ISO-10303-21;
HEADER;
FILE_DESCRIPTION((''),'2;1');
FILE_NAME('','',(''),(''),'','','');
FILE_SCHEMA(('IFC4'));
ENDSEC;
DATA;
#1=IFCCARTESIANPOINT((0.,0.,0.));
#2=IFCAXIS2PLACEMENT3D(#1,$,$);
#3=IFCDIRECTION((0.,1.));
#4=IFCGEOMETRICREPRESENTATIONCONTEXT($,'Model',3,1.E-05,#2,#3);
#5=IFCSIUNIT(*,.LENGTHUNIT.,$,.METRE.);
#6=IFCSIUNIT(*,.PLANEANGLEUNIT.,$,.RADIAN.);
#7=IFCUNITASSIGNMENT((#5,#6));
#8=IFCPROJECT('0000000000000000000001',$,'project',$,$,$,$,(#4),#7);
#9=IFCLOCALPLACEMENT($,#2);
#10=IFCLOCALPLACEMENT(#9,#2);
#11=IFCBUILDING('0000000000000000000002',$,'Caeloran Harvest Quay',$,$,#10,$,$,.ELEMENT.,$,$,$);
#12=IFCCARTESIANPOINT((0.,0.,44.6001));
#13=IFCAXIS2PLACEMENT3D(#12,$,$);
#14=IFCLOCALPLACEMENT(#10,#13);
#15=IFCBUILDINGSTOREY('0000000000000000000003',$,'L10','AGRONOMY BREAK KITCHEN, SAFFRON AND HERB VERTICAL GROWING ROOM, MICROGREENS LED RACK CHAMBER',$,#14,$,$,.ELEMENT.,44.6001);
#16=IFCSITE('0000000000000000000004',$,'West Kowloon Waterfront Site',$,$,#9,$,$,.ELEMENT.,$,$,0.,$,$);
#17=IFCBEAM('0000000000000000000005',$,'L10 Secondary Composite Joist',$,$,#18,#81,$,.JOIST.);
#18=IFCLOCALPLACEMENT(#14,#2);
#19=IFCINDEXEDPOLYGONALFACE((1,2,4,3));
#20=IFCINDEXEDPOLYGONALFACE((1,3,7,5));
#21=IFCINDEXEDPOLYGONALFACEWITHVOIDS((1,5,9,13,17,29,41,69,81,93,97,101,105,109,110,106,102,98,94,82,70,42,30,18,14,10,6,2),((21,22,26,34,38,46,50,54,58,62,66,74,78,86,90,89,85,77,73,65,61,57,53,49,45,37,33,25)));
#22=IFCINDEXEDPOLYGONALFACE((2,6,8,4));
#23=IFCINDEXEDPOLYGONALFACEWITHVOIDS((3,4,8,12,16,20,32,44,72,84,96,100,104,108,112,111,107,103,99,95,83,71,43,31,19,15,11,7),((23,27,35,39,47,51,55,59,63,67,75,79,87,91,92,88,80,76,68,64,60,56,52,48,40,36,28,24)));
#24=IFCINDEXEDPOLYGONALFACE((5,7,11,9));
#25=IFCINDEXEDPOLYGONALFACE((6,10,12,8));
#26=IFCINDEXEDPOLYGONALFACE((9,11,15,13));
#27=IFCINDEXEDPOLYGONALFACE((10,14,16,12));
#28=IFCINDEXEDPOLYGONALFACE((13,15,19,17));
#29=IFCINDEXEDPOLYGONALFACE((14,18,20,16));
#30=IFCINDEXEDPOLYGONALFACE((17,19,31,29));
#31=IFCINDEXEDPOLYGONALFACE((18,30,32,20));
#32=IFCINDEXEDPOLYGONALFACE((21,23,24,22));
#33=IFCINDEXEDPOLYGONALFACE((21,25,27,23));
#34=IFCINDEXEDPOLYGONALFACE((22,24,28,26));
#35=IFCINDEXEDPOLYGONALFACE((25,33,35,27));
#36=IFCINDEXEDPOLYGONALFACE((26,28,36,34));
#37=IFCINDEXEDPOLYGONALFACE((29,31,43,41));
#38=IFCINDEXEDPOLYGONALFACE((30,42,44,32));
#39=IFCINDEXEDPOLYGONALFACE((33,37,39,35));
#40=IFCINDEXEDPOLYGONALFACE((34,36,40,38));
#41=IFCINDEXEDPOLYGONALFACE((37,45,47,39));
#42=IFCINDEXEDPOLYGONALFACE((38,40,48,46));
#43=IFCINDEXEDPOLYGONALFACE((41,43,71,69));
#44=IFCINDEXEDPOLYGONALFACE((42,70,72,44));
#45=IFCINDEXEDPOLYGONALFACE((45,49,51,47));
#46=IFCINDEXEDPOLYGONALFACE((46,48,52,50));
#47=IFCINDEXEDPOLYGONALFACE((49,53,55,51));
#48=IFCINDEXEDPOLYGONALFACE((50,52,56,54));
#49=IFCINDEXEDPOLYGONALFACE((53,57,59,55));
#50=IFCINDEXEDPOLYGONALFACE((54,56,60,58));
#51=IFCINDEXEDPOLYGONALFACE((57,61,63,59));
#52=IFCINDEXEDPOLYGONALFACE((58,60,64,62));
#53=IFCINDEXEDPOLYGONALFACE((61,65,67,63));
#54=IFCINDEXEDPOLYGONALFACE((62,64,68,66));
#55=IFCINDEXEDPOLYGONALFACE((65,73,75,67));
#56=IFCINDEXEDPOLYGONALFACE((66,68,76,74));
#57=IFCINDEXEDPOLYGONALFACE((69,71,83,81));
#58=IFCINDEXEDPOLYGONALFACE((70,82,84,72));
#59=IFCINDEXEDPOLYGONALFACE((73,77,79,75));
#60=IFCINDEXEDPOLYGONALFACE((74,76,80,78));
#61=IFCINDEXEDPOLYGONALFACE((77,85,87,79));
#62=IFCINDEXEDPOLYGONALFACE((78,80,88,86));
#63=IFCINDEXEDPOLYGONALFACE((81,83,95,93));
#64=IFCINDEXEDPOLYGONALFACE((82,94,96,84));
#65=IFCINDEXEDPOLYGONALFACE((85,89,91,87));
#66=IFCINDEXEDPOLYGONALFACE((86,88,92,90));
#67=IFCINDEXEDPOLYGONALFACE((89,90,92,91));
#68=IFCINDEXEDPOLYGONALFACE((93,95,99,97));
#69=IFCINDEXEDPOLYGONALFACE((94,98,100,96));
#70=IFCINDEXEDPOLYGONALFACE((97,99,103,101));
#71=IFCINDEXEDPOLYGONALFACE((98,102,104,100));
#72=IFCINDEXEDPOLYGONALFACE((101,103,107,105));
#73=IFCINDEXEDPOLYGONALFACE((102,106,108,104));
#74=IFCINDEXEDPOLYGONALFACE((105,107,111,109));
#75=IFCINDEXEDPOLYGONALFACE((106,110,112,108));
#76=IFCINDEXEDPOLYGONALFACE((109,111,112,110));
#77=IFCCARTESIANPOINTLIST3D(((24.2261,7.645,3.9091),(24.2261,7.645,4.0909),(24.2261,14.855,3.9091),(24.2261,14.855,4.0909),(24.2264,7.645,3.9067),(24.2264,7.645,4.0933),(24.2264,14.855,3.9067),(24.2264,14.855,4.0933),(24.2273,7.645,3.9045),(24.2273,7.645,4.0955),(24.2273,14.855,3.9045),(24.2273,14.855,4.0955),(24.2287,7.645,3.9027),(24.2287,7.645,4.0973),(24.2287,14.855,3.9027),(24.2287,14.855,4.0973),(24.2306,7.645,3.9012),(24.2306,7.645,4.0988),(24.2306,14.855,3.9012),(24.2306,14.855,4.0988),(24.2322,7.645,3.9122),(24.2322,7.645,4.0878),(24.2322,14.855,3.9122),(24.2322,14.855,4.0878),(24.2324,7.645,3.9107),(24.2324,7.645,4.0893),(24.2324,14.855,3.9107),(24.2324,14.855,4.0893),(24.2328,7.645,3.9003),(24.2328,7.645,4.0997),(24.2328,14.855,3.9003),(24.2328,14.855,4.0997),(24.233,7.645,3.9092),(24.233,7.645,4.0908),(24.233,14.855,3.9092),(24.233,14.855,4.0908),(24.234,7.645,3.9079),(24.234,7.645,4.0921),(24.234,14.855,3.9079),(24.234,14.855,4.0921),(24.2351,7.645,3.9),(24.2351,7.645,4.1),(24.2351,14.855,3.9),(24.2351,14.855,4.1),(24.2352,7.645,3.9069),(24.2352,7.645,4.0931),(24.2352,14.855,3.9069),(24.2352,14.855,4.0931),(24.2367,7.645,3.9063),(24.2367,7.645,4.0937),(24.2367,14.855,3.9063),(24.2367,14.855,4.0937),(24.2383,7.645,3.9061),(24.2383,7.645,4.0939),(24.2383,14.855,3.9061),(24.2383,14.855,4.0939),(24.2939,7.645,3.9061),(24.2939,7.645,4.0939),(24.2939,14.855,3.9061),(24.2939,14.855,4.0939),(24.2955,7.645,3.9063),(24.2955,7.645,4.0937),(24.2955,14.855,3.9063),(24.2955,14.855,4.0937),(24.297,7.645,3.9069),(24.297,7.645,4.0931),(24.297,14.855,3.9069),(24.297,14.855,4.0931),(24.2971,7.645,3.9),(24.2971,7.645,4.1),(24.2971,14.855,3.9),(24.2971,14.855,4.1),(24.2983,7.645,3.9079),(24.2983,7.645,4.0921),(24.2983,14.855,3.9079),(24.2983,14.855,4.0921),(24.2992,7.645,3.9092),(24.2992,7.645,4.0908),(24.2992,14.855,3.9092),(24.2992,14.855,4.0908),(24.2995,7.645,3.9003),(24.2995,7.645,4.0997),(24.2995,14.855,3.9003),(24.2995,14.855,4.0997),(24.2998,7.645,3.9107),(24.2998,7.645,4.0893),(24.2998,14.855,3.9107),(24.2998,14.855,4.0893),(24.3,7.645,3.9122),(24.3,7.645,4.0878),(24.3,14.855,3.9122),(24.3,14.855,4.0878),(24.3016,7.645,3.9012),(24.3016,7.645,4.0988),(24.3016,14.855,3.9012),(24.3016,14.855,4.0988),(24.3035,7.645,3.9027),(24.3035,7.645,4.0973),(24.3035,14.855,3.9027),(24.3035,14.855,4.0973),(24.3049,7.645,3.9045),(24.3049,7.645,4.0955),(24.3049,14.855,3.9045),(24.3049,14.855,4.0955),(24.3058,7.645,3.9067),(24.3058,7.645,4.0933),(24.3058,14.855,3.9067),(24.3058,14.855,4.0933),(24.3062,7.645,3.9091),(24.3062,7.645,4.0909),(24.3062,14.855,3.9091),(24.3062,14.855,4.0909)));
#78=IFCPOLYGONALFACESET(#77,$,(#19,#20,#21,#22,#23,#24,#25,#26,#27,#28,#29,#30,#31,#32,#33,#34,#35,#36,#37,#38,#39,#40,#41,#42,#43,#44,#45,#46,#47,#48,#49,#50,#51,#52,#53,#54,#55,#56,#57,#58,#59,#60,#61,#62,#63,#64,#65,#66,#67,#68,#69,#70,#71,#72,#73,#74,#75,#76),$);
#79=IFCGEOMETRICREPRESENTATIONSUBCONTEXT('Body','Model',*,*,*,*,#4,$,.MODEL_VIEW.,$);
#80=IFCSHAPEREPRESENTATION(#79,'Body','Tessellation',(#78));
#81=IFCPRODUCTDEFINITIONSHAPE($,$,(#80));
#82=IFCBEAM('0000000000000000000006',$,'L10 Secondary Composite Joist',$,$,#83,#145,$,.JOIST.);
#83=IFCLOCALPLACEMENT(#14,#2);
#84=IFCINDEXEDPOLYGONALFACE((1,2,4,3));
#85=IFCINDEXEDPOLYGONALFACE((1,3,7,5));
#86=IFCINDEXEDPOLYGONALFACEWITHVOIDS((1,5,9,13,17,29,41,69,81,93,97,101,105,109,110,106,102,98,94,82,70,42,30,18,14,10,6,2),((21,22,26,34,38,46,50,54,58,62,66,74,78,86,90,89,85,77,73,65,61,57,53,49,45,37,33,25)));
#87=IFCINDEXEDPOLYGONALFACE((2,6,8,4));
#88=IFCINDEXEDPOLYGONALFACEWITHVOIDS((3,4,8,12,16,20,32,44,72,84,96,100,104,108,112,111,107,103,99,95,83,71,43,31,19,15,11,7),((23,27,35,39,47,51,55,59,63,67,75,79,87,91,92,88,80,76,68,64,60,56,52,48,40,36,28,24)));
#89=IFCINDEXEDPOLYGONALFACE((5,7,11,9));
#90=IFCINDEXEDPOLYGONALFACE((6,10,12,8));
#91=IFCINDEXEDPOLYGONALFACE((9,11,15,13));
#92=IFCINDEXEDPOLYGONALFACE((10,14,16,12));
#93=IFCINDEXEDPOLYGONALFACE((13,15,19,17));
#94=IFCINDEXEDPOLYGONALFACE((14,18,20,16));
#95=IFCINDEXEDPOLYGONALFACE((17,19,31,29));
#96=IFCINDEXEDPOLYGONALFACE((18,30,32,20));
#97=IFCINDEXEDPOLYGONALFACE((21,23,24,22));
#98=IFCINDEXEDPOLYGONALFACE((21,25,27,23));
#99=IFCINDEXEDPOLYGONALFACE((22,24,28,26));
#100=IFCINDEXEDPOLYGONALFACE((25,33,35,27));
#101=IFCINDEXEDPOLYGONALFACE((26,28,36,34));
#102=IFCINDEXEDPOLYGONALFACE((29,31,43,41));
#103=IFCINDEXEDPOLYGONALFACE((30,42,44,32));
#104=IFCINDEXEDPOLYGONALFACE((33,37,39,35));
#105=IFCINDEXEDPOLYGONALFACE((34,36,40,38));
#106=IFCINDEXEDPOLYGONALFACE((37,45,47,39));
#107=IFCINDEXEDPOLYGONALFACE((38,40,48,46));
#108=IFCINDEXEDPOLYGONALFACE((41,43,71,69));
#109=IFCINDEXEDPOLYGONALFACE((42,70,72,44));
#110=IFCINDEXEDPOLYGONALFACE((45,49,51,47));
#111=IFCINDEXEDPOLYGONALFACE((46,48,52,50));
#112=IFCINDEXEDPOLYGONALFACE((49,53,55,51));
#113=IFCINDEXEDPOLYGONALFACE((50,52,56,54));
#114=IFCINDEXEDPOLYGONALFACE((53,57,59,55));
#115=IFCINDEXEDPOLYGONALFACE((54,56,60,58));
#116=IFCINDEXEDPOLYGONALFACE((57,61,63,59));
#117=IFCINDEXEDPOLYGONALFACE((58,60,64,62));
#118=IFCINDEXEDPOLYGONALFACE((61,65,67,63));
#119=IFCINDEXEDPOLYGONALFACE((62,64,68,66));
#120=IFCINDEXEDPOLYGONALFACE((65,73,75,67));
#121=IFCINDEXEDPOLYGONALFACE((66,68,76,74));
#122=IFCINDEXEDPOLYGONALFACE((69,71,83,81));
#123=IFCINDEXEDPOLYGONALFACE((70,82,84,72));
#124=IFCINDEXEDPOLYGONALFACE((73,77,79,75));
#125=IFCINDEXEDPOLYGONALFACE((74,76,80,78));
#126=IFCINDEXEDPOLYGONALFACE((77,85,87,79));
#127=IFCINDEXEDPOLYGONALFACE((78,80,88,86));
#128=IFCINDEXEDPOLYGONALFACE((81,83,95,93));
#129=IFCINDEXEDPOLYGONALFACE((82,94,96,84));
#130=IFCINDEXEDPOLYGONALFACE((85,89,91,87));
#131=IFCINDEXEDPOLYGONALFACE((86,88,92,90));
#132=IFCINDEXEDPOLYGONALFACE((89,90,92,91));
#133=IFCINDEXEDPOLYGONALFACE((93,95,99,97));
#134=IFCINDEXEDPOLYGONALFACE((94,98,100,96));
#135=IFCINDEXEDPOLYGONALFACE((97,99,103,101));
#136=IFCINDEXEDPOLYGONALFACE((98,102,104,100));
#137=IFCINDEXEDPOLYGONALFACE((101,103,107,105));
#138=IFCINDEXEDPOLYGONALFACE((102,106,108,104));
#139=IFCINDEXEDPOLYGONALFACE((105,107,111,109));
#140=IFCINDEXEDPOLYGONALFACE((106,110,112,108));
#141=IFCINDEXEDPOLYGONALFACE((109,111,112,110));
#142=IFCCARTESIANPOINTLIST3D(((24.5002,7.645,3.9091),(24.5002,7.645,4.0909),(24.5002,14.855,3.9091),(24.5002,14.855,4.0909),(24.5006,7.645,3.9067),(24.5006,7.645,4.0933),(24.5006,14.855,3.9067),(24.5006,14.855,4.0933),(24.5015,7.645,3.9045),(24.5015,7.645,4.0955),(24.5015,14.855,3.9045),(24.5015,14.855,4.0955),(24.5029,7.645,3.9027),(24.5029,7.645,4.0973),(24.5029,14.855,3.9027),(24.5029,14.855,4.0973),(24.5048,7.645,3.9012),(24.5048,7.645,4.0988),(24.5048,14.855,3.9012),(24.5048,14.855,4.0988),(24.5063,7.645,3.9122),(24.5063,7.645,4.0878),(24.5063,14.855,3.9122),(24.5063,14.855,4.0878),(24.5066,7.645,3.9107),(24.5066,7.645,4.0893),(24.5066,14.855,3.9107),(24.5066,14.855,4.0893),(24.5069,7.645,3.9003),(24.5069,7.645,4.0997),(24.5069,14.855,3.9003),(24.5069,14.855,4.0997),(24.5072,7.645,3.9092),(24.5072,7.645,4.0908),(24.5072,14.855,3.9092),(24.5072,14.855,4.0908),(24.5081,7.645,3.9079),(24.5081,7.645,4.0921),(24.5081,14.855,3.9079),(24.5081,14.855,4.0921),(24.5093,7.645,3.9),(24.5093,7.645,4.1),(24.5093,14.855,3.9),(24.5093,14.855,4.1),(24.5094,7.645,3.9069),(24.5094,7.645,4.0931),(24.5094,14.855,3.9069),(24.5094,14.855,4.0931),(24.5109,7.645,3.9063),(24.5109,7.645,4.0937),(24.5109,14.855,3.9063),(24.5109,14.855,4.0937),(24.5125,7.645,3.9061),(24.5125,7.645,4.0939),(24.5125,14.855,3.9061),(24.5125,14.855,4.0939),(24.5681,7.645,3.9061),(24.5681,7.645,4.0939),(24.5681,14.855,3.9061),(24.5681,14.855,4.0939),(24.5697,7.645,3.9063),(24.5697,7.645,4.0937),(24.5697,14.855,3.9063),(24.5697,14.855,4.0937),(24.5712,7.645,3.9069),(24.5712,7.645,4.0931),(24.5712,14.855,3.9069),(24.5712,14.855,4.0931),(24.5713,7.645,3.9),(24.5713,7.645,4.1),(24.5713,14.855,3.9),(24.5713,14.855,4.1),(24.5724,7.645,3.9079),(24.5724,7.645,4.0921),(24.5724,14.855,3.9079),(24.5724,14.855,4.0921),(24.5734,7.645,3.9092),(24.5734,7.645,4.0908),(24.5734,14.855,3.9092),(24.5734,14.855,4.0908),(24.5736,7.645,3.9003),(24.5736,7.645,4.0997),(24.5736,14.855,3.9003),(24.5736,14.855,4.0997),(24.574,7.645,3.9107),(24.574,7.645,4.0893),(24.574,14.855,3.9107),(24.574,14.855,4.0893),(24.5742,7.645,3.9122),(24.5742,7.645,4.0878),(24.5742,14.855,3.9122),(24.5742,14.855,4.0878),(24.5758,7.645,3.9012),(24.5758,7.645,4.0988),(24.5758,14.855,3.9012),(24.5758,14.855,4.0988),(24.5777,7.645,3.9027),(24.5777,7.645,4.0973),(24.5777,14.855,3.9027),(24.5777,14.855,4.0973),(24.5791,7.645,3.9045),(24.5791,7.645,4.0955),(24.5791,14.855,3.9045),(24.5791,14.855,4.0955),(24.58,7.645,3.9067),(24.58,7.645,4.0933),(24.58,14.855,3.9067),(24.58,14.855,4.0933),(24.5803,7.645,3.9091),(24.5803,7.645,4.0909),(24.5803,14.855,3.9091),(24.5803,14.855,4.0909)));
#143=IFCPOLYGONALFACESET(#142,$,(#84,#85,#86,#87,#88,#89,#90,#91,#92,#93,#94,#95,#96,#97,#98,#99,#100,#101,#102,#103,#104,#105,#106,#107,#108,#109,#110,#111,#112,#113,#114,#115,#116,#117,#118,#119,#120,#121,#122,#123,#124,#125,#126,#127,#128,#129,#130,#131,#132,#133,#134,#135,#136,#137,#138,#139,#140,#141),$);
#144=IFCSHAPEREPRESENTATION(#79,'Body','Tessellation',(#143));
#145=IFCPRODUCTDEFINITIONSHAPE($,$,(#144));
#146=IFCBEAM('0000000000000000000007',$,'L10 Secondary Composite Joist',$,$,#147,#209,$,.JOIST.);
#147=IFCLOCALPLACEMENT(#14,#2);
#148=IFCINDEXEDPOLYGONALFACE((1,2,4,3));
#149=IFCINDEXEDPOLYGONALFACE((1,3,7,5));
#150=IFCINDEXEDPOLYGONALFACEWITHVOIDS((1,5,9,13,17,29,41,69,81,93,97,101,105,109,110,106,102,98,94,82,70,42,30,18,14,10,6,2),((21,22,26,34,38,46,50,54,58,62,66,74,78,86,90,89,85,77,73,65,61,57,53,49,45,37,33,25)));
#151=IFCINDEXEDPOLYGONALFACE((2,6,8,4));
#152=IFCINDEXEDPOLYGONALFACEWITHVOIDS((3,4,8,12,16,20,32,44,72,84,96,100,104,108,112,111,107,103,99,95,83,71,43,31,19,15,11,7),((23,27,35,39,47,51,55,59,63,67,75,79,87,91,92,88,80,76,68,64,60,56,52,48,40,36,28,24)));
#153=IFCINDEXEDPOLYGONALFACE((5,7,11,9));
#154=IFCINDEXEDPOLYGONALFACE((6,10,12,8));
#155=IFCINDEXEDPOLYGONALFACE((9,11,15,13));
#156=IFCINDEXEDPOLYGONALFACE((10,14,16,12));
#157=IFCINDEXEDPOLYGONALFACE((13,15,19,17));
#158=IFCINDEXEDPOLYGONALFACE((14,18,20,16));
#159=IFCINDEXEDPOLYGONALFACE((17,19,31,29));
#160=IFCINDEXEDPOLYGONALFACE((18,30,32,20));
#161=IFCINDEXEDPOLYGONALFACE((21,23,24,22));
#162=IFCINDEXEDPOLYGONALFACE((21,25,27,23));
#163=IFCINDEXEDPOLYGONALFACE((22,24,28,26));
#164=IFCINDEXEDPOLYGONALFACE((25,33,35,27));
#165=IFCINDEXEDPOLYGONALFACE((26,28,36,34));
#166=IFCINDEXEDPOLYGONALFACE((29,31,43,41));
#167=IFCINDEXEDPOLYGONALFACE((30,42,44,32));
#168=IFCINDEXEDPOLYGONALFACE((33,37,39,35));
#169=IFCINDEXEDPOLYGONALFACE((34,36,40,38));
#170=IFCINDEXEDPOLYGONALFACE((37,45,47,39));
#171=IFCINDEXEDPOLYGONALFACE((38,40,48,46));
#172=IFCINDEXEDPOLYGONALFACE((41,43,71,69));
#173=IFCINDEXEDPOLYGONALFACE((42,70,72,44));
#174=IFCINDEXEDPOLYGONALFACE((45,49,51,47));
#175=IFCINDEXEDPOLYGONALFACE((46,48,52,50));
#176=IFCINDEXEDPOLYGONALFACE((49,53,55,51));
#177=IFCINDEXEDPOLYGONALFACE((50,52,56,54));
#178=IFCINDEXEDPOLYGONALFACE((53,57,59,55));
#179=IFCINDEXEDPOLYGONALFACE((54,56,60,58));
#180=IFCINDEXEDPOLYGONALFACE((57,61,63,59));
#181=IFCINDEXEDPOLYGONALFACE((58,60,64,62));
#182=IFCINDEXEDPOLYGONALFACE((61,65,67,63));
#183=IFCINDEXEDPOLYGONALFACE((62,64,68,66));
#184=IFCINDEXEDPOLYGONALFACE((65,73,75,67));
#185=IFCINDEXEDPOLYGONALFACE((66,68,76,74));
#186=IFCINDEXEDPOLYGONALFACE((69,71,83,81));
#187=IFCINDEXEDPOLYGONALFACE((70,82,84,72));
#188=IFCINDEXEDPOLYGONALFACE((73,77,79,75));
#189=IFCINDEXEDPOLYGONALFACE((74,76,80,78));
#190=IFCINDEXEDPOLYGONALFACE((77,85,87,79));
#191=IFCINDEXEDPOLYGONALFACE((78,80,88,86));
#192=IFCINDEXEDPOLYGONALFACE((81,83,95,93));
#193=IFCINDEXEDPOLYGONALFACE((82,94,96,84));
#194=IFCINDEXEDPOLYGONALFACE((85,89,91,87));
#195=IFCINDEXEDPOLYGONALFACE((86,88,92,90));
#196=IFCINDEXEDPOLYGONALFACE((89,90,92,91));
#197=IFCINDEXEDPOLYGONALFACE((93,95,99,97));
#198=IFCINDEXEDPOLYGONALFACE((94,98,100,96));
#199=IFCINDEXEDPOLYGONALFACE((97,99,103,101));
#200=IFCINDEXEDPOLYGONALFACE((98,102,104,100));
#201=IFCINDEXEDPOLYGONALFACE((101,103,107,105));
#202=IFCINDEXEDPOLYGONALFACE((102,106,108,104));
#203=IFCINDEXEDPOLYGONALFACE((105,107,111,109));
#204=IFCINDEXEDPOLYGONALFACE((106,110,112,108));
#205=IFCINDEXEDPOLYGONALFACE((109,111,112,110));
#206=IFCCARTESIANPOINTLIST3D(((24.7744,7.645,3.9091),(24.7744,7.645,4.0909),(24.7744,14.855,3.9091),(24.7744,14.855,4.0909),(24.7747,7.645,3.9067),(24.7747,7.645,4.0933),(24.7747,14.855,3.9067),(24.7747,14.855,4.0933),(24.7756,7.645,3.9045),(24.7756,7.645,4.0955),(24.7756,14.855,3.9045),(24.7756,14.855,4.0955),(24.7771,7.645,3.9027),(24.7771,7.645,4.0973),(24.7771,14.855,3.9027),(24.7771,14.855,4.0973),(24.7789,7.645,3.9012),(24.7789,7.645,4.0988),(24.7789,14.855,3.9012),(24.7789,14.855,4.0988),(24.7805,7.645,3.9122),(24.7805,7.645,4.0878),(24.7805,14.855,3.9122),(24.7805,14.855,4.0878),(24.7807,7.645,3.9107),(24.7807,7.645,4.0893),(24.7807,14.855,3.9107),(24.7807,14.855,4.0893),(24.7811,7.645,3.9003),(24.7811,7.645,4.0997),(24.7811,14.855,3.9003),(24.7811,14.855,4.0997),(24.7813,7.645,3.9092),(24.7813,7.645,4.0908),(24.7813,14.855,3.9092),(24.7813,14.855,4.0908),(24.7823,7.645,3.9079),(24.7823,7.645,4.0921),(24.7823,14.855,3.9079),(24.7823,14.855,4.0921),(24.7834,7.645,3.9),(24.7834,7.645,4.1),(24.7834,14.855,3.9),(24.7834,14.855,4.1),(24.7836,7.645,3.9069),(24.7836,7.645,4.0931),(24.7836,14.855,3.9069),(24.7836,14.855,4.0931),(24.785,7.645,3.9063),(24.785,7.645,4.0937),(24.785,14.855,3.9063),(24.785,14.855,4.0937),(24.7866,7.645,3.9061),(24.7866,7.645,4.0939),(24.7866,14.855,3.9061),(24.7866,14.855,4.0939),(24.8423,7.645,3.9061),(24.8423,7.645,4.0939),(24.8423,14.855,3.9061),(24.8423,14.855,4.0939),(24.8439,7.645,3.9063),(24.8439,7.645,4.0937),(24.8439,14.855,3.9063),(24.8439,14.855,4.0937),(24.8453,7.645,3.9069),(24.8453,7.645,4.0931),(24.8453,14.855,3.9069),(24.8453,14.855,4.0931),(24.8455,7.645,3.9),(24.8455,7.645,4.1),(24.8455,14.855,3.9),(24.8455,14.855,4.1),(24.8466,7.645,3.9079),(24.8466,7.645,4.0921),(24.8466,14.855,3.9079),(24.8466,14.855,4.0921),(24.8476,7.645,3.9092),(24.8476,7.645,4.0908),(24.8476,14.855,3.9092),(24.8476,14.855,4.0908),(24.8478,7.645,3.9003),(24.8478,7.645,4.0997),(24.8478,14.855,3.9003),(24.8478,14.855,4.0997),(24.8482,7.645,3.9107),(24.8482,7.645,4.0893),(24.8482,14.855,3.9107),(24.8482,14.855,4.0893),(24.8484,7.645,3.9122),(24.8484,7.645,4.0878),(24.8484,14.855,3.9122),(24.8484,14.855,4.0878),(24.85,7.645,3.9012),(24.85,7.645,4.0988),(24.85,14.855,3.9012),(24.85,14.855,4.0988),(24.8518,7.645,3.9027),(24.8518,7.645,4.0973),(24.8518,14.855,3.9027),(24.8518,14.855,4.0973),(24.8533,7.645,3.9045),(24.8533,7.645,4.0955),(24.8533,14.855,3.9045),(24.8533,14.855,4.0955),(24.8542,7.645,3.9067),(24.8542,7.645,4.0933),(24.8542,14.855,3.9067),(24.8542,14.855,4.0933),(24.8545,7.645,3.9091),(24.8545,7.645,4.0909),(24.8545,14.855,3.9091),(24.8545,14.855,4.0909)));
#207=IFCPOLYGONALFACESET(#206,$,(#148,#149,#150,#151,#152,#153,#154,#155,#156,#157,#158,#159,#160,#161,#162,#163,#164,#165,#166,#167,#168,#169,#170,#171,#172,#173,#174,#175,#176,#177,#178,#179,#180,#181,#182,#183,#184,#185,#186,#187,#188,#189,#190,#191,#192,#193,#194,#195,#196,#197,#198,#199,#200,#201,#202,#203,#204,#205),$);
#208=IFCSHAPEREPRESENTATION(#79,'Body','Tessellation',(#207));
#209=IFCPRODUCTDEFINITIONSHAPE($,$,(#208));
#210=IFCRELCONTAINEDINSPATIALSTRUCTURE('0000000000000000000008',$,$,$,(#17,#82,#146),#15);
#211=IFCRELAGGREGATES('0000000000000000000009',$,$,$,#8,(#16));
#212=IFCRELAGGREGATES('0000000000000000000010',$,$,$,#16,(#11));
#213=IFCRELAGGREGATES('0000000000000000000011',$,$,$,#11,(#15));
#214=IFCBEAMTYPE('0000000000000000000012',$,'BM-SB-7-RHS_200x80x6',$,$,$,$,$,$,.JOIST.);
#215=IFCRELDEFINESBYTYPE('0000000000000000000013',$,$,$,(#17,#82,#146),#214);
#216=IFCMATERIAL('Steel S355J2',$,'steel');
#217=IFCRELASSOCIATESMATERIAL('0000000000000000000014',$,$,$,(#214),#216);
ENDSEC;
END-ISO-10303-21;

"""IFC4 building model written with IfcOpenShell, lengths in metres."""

from ifc_helpers import new_model, si_unit, direction, frame, origin, origin_2d, place, context, subcontext, project, spatial, hollow_rectangle, extrude, material, material_profile, profile_set, type_object, element, save


model = new_model("IFC4")

# Units and contexts
model_context = context("Model", 3, precision=1e-05, world=origin(), true_north=direction((0.0, 1.0)))
body_context = subcontext(model_context, "Body", "Model", "MODEL_VIEW")
ifc_project = project(units=[si_unit("LENGTHUNIT", "METRE"), si_unit("PLANEANGLEUNIT", "RADIAN")], contexts=[model_context])

# Site, building, storey
site_placement = place(None, origin())
site = spatial("IfcSite", under=ifc_project, at=site_placement, Name="West Kowloon Waterfront Site", CompositionType="ELEMENT", RefElevation=0.0)
building_placement = place(site_placement, origin())
building = spatial("IfcBuilding", under=site, at=building_placement, Name="Caeloran Harvest Quay", CompositionType="ELEMENT")
storey_placement = place(building_placement, frame((0.0, 0.0, 44.6001)))
storey = spatial("IfcBuildingStorey", under=building, at=storey_placement, Name="L10", Description="AGRONOMY BREAK KITCHEN, SAFFRON AND HERB VERTICAL GROWING ROOM, MICROGREENS LED RACK CHAMBER", CompositionType="ELEMENT", Elevation=44.6001)

# Beams
ifc_material_1 = material(Name="Steel S355J2", Category="steel")
ifc_material_profile_1 = material_profile(ifc_material_1, hollow_rectangle(XDim=0.0801, YDim=0.2, WallThickness=0.0061, InnerFilletRadius=0.0061, OuterFilletRadius=0.009, at=origin_2d()), Name="RHS 200x80x6")
ifc_profile_set_1 = profile_set([ifc_material_profile_1], Name="Steel S355J2")
beam_type_1 = type_object("IfcBeamType", Name="BM-SB-7-RHS_200x80x6", PredefinedType="JOIST", material=ifc_profile_set_1)
for number, where, z_axis, x_axis, name in (
    (1, (24.2661, 7.645, 4.0), (0.0, 1.0, 0.0), (-1.0, 0.0, 0.0), "L10 Secondary Composite Joist"),
    (2, (24.5403, 7.645, 4.0), (0.0, 1.0, 0.0), (-1.0, 0.0, 0.0), "L10 Secondary Composite Joist"),
    (3, (24.8145, 7.645, 4.0), (0.0, 1.0, 0.0), (-1.0, 0.0, 0.0), "L10 Secondary Composite Joist"),
):
    element("IfcBeam", number, at=place(storey_placement, frame(where, z_axis=z_axis, x_axis=x_axis)), inside=storey, type_object=beam_type_1, Name=name, PredefinedType="JOIST", context=body_context, shape_type="SweptSolid", body=[
        extrude(hollow_rectangle(XDim=0.0801, YDim=0.2, WallThickness=0.0061, InnerFilletRadius=0.0061, OuterFilletRadius=0.009, at=origin_2d()), origin(), (0.0, 0.0, 1.0), 7.21),
    ])

save(model, "model.ifc")
